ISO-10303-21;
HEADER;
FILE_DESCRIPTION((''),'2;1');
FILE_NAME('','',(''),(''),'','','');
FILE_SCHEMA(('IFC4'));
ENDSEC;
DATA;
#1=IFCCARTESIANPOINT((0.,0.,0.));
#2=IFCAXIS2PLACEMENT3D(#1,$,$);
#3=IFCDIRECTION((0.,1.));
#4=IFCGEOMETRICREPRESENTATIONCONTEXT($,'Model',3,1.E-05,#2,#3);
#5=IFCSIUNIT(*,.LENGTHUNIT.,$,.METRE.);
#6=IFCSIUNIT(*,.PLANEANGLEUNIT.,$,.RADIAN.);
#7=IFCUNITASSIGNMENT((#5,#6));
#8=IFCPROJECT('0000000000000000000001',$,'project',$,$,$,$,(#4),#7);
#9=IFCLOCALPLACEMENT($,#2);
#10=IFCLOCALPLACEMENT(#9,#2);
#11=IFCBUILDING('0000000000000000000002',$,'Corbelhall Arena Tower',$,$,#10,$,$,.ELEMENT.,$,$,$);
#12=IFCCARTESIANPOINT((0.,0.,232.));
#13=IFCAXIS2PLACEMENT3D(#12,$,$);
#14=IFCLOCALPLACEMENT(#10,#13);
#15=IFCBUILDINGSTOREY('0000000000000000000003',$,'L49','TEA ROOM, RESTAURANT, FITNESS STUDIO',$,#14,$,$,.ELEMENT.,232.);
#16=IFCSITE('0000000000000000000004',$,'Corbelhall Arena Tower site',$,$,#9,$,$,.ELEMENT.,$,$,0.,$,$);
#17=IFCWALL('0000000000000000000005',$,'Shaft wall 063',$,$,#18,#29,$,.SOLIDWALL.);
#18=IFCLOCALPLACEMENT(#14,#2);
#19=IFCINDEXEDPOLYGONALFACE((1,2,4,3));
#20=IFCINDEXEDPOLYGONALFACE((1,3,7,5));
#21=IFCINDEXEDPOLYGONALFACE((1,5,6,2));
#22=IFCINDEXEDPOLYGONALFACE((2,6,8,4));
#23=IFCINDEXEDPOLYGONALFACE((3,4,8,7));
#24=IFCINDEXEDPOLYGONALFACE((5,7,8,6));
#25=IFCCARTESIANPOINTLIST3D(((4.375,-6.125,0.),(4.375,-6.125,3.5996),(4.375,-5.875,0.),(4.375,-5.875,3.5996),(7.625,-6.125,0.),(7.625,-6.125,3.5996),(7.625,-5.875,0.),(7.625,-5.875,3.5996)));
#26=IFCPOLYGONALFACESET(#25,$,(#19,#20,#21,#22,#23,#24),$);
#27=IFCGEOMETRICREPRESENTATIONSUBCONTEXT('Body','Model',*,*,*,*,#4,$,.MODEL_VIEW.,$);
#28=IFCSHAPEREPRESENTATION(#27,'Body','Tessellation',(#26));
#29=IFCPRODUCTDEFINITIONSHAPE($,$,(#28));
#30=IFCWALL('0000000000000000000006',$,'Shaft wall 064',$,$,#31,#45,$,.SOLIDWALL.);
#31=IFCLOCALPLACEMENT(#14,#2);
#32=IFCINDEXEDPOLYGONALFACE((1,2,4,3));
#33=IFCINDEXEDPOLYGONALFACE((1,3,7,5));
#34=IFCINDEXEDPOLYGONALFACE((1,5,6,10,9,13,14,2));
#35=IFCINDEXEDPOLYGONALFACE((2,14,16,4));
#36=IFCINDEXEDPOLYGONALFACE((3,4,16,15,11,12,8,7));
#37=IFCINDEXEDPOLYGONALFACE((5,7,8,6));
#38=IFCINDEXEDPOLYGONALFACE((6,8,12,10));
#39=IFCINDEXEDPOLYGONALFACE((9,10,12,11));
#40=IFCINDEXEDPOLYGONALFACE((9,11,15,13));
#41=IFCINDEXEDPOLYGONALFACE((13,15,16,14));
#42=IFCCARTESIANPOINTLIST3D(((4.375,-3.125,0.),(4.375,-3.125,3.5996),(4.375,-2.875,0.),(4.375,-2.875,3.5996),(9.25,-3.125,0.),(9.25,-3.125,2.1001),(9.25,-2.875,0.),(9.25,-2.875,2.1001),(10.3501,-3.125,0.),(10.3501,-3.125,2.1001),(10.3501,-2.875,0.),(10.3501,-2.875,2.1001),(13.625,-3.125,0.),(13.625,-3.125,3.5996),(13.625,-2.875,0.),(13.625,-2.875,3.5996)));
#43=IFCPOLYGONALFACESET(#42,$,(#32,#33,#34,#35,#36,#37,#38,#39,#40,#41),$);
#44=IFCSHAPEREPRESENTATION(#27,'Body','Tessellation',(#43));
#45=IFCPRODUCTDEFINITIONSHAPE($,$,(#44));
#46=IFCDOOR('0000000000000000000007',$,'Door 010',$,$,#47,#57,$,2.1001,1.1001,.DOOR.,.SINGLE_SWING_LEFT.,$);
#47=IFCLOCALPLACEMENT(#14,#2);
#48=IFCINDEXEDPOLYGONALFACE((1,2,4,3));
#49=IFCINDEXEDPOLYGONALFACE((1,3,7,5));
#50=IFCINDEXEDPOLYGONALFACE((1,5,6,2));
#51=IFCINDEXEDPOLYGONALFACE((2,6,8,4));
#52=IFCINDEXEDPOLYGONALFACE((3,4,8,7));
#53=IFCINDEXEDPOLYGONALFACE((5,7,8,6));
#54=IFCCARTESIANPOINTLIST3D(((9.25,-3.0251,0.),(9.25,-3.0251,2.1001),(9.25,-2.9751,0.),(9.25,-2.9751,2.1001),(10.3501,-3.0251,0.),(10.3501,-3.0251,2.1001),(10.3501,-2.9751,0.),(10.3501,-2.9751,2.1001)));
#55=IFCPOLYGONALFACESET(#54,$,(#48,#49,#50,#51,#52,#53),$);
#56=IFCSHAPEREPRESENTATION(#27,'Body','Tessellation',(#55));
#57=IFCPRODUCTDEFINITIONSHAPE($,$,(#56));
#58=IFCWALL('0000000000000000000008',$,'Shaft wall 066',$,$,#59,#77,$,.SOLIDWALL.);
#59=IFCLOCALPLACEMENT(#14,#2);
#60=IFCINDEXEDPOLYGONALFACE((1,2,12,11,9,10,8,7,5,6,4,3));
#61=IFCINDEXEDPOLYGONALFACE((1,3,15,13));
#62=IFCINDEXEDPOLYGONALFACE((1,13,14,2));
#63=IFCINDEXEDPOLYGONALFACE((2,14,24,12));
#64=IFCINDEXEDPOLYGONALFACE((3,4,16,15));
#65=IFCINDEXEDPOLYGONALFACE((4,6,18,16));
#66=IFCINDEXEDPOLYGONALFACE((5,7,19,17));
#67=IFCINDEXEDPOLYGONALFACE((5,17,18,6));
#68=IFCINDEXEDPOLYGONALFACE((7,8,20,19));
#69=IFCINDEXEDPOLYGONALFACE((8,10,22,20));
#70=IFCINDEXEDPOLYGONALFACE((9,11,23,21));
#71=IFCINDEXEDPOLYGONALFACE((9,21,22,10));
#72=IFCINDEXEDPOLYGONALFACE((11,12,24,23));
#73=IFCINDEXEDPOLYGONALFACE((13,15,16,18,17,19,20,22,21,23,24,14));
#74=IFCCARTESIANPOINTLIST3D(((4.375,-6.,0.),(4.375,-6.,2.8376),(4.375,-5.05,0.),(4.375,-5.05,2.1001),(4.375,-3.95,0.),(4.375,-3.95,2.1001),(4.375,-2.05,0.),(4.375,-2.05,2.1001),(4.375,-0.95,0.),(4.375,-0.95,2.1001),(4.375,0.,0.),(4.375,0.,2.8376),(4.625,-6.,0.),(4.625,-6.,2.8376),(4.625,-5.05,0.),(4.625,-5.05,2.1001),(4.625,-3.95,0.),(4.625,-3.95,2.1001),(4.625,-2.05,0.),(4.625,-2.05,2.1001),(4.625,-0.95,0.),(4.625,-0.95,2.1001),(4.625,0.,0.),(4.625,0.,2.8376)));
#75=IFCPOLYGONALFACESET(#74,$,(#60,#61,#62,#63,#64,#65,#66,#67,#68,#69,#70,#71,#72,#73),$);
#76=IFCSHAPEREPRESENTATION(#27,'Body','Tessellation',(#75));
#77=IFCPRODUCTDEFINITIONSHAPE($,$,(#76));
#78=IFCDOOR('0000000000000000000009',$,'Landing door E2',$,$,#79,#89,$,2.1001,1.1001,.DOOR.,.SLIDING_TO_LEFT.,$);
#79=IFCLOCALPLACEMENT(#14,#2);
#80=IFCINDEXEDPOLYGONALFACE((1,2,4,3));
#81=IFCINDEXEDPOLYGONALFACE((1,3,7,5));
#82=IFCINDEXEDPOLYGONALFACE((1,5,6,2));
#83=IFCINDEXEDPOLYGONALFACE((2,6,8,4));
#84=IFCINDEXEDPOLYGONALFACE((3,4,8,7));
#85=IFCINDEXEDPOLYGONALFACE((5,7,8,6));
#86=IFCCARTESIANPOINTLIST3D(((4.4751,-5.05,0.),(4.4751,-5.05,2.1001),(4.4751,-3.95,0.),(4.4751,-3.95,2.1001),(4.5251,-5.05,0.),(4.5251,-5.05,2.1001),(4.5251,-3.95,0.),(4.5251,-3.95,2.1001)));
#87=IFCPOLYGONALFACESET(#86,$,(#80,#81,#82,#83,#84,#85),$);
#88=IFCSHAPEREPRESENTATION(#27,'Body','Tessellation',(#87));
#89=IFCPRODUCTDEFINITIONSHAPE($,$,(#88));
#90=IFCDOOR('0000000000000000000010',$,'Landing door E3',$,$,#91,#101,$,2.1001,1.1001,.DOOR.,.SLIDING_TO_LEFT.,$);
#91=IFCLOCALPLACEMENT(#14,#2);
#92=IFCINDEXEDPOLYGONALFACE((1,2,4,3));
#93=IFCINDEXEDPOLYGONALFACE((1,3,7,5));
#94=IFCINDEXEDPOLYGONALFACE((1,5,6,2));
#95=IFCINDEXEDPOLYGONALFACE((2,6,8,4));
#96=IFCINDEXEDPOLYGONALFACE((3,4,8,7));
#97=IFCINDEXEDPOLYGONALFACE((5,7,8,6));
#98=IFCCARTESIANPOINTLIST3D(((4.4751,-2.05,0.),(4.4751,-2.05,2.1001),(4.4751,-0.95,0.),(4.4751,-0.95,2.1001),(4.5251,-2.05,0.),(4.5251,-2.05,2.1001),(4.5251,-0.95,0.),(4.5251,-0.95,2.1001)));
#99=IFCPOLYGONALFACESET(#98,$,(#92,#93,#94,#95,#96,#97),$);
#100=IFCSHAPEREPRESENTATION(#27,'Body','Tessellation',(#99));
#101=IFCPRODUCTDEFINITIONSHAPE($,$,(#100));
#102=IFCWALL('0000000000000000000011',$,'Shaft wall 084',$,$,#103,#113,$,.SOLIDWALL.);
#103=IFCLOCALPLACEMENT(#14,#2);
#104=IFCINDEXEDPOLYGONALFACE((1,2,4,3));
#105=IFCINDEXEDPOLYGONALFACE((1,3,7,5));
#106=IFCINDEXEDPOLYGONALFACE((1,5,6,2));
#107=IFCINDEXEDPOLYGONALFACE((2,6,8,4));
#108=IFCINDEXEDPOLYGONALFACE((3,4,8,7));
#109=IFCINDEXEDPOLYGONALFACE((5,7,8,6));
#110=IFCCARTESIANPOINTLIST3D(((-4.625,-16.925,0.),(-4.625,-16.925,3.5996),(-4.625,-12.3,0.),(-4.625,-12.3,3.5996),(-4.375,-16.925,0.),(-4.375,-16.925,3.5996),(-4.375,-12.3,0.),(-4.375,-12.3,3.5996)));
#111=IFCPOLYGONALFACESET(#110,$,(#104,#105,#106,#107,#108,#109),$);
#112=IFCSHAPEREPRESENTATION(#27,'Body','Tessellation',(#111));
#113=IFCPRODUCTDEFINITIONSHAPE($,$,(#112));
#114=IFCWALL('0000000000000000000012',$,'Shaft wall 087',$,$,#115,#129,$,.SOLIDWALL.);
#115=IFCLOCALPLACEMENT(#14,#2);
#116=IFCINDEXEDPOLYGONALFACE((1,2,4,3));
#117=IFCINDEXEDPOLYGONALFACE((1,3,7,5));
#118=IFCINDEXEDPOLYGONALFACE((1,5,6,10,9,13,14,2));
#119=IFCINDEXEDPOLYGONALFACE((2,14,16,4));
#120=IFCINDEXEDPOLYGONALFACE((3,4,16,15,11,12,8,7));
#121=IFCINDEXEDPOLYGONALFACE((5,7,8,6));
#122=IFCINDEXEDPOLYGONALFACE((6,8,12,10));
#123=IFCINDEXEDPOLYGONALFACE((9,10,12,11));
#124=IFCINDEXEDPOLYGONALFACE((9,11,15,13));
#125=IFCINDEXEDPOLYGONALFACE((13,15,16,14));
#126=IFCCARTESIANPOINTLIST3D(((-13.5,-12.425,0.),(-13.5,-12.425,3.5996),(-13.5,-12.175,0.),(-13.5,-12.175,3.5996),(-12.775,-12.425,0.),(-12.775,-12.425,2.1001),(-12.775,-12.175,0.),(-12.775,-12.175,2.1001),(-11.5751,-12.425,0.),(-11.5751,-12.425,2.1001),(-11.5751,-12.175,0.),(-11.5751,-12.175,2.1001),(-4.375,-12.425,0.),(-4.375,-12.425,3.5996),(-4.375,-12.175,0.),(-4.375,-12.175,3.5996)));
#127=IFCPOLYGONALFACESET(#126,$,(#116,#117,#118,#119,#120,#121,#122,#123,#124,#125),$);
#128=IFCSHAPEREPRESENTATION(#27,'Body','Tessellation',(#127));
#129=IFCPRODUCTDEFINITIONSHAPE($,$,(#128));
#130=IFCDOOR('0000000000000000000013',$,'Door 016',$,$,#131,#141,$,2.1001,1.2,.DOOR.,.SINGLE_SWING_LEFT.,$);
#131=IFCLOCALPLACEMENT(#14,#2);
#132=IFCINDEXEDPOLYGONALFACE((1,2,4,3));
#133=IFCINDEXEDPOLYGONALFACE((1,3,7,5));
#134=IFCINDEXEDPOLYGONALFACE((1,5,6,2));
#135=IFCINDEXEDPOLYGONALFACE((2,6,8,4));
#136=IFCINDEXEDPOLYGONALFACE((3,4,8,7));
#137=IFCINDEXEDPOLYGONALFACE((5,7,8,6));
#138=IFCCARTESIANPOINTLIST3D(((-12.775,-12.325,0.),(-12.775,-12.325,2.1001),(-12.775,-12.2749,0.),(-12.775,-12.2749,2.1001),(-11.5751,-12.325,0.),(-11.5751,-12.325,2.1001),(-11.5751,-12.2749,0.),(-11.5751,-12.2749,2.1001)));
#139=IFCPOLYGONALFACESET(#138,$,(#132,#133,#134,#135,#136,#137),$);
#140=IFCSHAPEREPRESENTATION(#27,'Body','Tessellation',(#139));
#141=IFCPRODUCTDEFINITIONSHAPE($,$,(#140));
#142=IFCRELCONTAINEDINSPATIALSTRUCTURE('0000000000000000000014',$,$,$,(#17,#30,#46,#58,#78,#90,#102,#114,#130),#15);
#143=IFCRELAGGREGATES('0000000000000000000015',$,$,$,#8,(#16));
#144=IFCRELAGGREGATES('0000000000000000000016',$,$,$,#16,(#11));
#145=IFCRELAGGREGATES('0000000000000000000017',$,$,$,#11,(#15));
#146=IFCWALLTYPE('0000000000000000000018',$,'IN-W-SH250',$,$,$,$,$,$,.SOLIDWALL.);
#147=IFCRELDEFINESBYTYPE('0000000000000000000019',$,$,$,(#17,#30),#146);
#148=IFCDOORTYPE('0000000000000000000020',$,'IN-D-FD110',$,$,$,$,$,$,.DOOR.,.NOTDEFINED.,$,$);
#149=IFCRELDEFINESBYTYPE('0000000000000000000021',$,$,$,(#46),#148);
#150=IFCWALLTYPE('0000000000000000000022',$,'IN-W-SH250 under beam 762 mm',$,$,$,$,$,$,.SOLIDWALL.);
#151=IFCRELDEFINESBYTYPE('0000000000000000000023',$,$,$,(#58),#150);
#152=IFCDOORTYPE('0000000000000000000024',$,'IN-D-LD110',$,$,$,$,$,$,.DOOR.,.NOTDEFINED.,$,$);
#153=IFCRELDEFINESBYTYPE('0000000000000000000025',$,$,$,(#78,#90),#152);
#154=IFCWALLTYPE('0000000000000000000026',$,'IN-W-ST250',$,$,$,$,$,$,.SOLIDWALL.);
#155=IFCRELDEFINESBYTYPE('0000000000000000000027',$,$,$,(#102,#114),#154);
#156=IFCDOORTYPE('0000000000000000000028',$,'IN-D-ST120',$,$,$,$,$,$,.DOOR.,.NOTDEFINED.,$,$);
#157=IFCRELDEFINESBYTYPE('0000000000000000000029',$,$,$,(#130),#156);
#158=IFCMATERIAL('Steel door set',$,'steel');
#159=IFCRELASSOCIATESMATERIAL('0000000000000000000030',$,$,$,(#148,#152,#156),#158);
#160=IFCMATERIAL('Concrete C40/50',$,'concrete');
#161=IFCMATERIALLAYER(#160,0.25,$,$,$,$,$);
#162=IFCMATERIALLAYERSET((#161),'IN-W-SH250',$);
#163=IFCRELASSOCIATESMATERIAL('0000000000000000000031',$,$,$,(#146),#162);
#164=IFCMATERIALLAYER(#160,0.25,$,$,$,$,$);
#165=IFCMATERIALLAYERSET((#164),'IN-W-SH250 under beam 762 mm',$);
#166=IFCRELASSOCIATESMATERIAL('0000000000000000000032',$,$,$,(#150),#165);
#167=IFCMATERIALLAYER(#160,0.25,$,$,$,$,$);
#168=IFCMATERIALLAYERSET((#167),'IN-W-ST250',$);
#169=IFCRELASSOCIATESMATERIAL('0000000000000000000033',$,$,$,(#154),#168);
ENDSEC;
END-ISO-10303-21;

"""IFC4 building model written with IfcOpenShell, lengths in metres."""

from ifc_helpers import new_model, si_unit, direction, frame, frame_2d, origin, place, context, subcontext, project, spatial, rectangle, extrude, material, layer, layer_set, type_object, element, fill, save


model = new_model("IFC4")

# Units and contexts
model_context = context("Model", 3, precision=1e-05, world=origin(), true_north=direction((0.0, 1.0)))
body_context = subcontext(model_context, "Body", "Model", "MODEL_VIEW")
ifc_project = project(units=[si_unit("LENGTHUNIT", "METRE"), si_unit("PLANEANGLEUNIT", "RADIAN")], contexts=[model_context])

# Site, building, storey
site_placement = place(None, origin())
site = spatial("IfcSite", under=ifc_project, at=site_placement, Name="Corbelhall Arena Tower site", CompositionType="ELEMENT", RefElevation=0.0)
building_placement = place(site_placement, origin())
building = spatial("IfcBuilding", under=site, at=building_placement, Name="Corbelhall Arena Tower", CompositionType="ELEMENT")
storey_placement = place(building_placement, frame((0.0, 0.0, 232.0)))
storey = spatial("IfcBuildingStorey", under=building, at=storey_placement, Name="L49", Description="TEA ROOM, RESTAURANT, FITNESS STUDIO", CompositionType="ELEMENT", Elevation=232.0)

# Shared definitions
ifc_material_1 = material(Name="Concrete C40/50", Category="concrete")

# Shared definitions
ifc_material_2 = material(Name="Steel door set", Category="steel")
door_type_1 = type_object("IfcDoorType", Name="IN-D-FD110", OperationType="NOTDEFINED", PredefinedType="DOOR", material=ifc_material_2)

# Wall
ifc_layer_1 = layer(ifc_material_1, 0.25)
ifc_layer_set_1 = layer_set([ifc_layer_1], Name="IN-W-SH250")
wall_type_1 = type_object("IfcWallType", Name="IN-W-SH250", PredefinedType="SOLIDWALL", material=ifc_layer_set_1)
wall_1_placement = place(storey_placement, frame((4.375, -6.0, 0.0), z_axis=(0.0, 0.0, 1.0), x_axis=(1.0, 0.0, 0.0)))
element("IfcWall", 1, at=wall_1_placement, inside=storey, type_object=wall_type_1, Name="Shaft wall 063", PredefinedType="SOLIDWALL", context=body_context, shape_type="SweptSolid", body=[
    extrude(rectangle(XDim=3.25, YDim=0.25, at=frame_2d((1.625, 0.0))), origin(), (0.0, 0.0, 1.0), 3.5996),
])

# Wall, opening, door
wall_2_placement = place(storey_placement, frame((4.375, -3.0, 0.0), z_axis=(0.0, 0.0, 1.0), x_axis=(1.0, 0.0, 0.0)))
wall_2 = element("IfcWall", 2, at=wall_2_placement, inside=storey, type_object=wall_type_1, Name="Shaft wall 064", PredefinedType="SOLIDWALL", context=body_context, shape_type="SweptSolid", body=[
    extrude(rectangle(XDim=9.25, YDim=0.25, at=frame_2d((4.625, 0.0))), origin(), (0.0, 0.0, 1.0), 3.5996),
])
opening_1_placement = place(wall_2_placement, frame((4.875, 0.0, 0.0)))
opening_1 = element("IfcOpeningElement", 3, at=opening_1_placement, cuts=wall_2, PredefinedType="OPENING", context=body_context, shape_type="SweptSolid", body=[
    extrude(rectangle(XDim=1.1001, YDim=2.1001, at=frame_2d((0.55, 1.05))), frame((0.0, 0.125, 0.0), z_axis=(0.0, -1.0, 0.0), x_axis=(1.0, 0.0, 0.0)), (0.0, 0.0, 1.0), 0.25),
])
door_1_placement = place(opening_1_placement, origin())
door_1 = element("IfcDoor", 4, at=door_1_placement, inside=storey, type_object=door_type_1, Name="Door 010", OperationType="SINGLE_SWING_LEFT", OverallHeight=2.1001, OverallWidth=1.1001, PredefinedType="DOOR", context=body_context, shape_type="SweptSolid", body=[
    extrude(rectangle(XDim=1.1001, YDim=2.1001, at=frame_2d((0.55, 1.05))), frame((0.0, 0.0249, 0.0), z_axis=(0.0, -1.0, 0.0), x_axis=(1.0, 0.0, 0.0)), (0.0, 0.0, 1.0), 0.05),
])
fill(opening_1, door_1)

# Wall, openings, doors
ifc_layer_2 = layer(ifc_material_1, 0.25)
ifc_layer_set_2 = layer_set([ifc_layer_2], Name="IN-W-SH250 under beam 762 mm")
wall_type_2 = type_object("IfcWallType", Name="IN-W-SH250 under beam 762 mm", PredefinedType="SOLIDWALL", material=ifc_layer_set_2)
wall_3_placement = place(storey_placement, frame((4.5, -6.0, 0.0), z_axis=(0.0, 0.0, 1.0), x_axis=(0.0, 1.0, 0.0)))
wall_3 = element("IfcWall", 5, at=wall_3_placement, inside=storey, type_object=wall_type_2, Name="Shaft wall 066", PredefinedType="SOLIDWALL", context=body_context, shape_type="SweptSolid", body=[
    extrude(rectangle(XDim=6.0, YDim=0.25, at=frame_2d((3.0, 0.0))), origin(), (0.0, 0.0, 1.0), 2.8376),
])
opening_2_placement = place(wall_3_placement, frame((0.95, 0.0, 0.0)))
opening_2 = element("IfcOpeningElement", 6, at=opening_2_placement, cuts=wall_3, PredefinedType="OPENING", context=body_context, shape_type="SweptSolid", body=[
    extrude(rectangle(XDim=1.1001, YDim=2.1001, at=frame_2d((0.55, 1.05))), frame((0.0, 0.125, 0.0), z_axis=(0.0, -1.0, 0.0), x_axis=(1.0, 0.0, 0.0)), (0.0, 0.0, 1.0), 0.25),
])
opening_3_placement = place(wall_3_placement, frame((3.95, 0.0, 0.0)))
opening_3 = element("IfcOpeningElement", 7, at=opening_3_placement, cuts=wall_3, PredefinedType="OPENING", context=body_context, shape_type="SweptSolid", body=[
    extrude(rectangle(XDim=1.1001, YDim=2.1001, at=frame_2d((0.55, 1.05))), frame((0.0, 0.125, 0.0), z_axis=(0.0, -1.0, 0.0), x_axis=(1.0, 0.0, 0.0)), (0.0, 0.0, 1.0), 0.25),
])
door_type_2 = type_object("IfcDoorType", Name="IN-D-LD110", OperationType="NOTDEFINED", PredefinedType="DOOR", material=ifc_material_2)
door_2_placement = place(opening_2_placement, origin())
door_2 = element("IfcDoor", 8, at=door_2_placement, inside=storey, type_object=door_type_2, Name="Landing door E2", OperationType="SLIDING_TO_LEFT", OverallHeight=2.1001, OverallWidth=1.1001, PredefinedType="DOOR", context=body_context, shape_type="SweptSolid", body=[
    extrude(rectangle(XDim=1.1001, YDim=2.1001, at=frame_2d((0.55, 1.05))), frame((0.0, 0.0249, 0.0), z_axis=(0.0, -1.0, 0.0), x_axis=(1.0, 0.0, 0.0)), (0.0, 0.0, 1.0), 0.05),
])
fill(opening_2, door_2)
door_3_placement = place(opening_3_placement, origin())
door_3 = element("IfcDoor", 9, at=door_3_placement, inside=storey, type_object=door_type_2, Name="Landing door E3", OperationType="SLIDING_TO_LEFT", OverallHeight=2.1001, OverallWidth=1.1001, PredefinedType="DOOR", context=body_context, shape_type="SweptSolid", body=[
    extrude(rectangle(XDim=1.1001, YDim=2.1001, at=frame_2d((0.55, 1.05))), frame((0.0, 0.0249, 0.0), z_axis=(0.0, -1.0, 0.0), x_axis=(1.0, 0.0, 0.0)), (0.0, 0.0, 1.0), 0.05),
])
fill(opening_3, door_3)

# Wall
ifc_layer_3 = layer(ifc_material_1, 0.25)
ifc_layer_set_3 = layer_set([ifc_layer_3], Name="IN-W-ST250")
wall_type_3 = type_object("IfcWallType", Name="IN-W-ST250", PredefinedType="SOLIDWALL", material=ifc_layer_set_3)
wall_4_placement = place(storey_placement, frame((-4.5, -12.3, 0.0), z_axis=(0.0, 0.0, 1.0), x_axis=(0.0, -1.0, 0.0)))
element("IfcWall", 10, at=wall_4_placement, inside=storey, type_object=wall_type_3, Name="Shaft wall 084", PredefinedType="SOLIDWALL", context=body_context, shape_type="SweptSolid", body=[
    extrude(rectangle(XDim=4.625, YDim=0.25, at=frame_2d((2.3125, 0.0))), origin(), (0.0, 0.0, 1.0), 3.5996),
])

# Wall, opening, door
wall_5_placement = place(storey_placement, frame((-4.375, -12.3, 0.0), z_axis=(0.0, 0.0, 1.0), x_axis=(-1.0, 0.0, 0.0)))
wall_5 = element("IfcWall", 11, at=wall_5_placement, inside=storey, type_object=wall_type_3, Name="Shaft wall 087", PredefinedType="SOLIDWALL", context=body_context, shape_type="SweptSolid", body=[
    extrude(rectangle(XDim=9.125, YDim=0.25, at=frame_2d((4.5625, 0.0))), origin(), (0.0, 0.0, 1.0), 3.5996),
])
opening_4_placement = place(wall_5_placement, frame((7.2, 0.0, 0.0)))
opening_4 = element("IfcOpeningElement", 12, at=opening_4_placement, cuts=wall_5, PredefinedType="OPENING", context=body_context, shape_type="SweptSolid", body=[
    extrude(rectangle(XDim=1.2, YDim=2.1001, at=frame_2d((0.6001, 1.05))), frame((0.0, 0.125, 0.0), z_axis=(0.0, -1.0, 0.0), x_axis=(1.0, 0.0, 0.0)), (0.0, 0.0, 1.0), 0.25),
])
door_type_3 = type_object("IfcDoorType", Name="IN-D-ST120", OperationType="NOTDEFINED", PredefinedType="DOOR", material=ifc_material_2)
door_4_placement = place(opening_4_placement, origin())
door_4 = element("IfcDoor", 13, at=door_4_placement, inside=storey, type_object=door_type_3, Name="Door 016", OperationType="SINGLE_SWING_LEFT", OverallHeight=2.1001, OverallWidth=1.2, PredefinedType="DOOR", context=body_context, shape_type="SweptSolid", body=[
    extrude(rectangle(XDim=1.2, YDim=2.1001, at=frame_2d((0.6001, 1.05))), frame((0.0, 0.0249, 0.0), z_axis=(0.0, -1.0, 0.0), x_axis=(1.0, 0.0, 0.0)), (0.0, 0.0, 1.0), 0.05),
])
fill(opening_4, door_4)

save(model, "model.ifc")
